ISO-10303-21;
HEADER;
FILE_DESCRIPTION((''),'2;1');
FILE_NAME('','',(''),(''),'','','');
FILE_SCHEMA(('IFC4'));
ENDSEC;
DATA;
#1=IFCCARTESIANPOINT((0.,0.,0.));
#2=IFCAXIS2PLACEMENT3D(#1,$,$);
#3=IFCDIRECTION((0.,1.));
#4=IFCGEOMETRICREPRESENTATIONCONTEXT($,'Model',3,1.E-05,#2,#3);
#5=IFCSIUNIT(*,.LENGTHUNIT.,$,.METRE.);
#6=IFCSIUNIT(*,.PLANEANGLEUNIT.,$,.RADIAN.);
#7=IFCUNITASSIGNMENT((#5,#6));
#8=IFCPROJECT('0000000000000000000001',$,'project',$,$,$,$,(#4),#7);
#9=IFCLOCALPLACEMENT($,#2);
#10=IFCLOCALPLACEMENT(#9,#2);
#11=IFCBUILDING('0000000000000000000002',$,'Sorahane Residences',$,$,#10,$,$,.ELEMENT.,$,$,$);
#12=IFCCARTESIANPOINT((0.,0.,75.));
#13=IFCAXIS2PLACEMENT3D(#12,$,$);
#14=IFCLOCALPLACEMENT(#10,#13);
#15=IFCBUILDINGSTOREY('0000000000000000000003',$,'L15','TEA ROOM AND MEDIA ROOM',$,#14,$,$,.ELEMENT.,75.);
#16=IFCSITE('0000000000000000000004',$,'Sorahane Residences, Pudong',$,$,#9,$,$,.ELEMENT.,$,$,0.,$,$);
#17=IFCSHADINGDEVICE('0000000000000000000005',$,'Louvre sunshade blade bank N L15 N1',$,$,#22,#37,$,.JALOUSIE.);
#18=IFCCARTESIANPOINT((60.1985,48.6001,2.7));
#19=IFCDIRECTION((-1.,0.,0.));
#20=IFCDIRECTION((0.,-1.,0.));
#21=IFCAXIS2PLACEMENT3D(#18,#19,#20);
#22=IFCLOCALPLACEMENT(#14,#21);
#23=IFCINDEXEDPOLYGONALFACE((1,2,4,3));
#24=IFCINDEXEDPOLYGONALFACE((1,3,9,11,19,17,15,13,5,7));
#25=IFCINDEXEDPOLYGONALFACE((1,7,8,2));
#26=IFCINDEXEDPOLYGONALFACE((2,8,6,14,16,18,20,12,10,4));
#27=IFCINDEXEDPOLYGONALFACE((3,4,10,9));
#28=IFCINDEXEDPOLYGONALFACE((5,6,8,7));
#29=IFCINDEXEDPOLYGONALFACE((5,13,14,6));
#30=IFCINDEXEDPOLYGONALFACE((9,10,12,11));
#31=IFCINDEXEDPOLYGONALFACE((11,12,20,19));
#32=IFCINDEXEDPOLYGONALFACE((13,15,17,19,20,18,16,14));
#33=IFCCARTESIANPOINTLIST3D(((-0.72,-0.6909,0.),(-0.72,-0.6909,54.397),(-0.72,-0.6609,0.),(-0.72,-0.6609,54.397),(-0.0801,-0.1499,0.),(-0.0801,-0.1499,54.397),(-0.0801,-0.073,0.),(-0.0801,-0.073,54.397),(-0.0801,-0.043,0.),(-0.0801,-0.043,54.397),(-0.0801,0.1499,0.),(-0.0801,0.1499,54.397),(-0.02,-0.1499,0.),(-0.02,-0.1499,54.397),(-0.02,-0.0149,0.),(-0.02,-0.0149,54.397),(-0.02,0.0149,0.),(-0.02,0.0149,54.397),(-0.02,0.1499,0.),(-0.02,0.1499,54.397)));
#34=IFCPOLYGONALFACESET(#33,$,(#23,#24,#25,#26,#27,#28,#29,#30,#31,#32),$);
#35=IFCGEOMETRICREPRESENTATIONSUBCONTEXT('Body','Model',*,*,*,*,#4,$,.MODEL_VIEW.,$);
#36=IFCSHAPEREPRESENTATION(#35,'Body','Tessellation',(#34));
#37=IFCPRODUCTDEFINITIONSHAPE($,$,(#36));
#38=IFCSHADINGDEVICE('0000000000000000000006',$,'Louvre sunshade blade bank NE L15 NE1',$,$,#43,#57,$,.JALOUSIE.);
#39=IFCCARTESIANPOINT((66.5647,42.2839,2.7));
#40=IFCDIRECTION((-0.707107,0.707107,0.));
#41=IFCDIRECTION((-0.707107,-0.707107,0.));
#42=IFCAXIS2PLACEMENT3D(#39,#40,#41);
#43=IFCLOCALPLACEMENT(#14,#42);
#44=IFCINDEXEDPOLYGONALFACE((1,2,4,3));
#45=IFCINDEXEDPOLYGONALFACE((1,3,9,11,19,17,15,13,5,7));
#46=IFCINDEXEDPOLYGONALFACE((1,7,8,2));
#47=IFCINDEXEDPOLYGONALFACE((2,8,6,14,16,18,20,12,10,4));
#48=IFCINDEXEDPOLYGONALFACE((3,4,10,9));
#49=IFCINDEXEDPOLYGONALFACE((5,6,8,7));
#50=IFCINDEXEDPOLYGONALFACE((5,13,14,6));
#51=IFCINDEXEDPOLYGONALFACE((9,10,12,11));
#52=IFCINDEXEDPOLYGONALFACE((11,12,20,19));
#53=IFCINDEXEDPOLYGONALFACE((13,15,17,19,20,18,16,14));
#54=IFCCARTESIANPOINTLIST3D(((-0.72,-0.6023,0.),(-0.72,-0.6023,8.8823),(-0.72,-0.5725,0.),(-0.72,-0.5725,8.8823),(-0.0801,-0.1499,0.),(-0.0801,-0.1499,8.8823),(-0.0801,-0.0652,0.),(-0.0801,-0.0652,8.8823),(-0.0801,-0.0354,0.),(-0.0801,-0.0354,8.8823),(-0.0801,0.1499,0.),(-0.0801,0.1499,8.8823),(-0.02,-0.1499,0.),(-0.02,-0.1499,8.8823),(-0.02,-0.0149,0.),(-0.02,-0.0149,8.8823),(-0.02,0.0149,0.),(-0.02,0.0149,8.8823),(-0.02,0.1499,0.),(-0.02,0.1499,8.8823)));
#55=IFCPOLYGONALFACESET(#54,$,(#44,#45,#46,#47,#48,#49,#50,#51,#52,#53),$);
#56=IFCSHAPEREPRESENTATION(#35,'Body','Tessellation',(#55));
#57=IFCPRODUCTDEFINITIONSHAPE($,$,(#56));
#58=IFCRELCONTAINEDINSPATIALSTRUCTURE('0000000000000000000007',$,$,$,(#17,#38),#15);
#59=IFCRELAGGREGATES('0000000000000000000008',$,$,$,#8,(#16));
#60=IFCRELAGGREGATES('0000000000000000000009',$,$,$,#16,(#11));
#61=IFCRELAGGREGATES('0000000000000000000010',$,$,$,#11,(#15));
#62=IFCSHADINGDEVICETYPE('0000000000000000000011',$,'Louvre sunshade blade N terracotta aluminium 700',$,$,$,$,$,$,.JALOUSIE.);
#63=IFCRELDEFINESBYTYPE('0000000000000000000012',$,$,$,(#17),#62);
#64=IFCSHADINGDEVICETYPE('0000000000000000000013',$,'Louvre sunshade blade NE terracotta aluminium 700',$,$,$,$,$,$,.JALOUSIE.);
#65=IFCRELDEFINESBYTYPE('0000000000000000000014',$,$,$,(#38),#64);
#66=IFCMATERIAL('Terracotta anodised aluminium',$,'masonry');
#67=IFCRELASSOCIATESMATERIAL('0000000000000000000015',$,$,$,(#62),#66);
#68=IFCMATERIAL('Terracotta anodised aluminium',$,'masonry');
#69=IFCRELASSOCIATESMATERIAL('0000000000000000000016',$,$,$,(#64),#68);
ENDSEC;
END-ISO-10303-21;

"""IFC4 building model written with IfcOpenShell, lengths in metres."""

from ifc_helpers import new_model, si_unit, direction, frame, origin, place, context, subcontext, project, spatial, polyline, outline, extrude, material, type_object, element, save


model = new_model("IFC4")

# Units and contexts
model_context = context("Model", 3, precision=1e-05, world=origin(), true_north=direction((0.0, 1.0)))
body_context = subcontext(model_context, "Body", "Model", "MODEL_VIEW")
ifc_project = project(units=[si_unit("LENGTHUNIT", "METRE"), si_unit("PLANEANGLEUNIT", "RADIAN")], contexts=[model_context])

# Site, building, storey
site_placement = place(None, origin())
site = spatial("IfcSite", under=ifc_project, at=site_placement, Name="Sorahane Residences, Pudong", CompositionType="ELEMENT", RefElevation=0.0)
building_placement = place(site_placement, origin())
building = spatial("IfcBuilding", under=site, at=building_placement, Name="Sorahane Residences", CompositionType="ELEMENT")
storey_placement = place(building_placement, frame((0.0, 0.0, 75.0)))
storey = spatial("IfcBuildingStorey", under=building, at=storey_placement, Name="L15", Description="TEA ROOM AND MEDIA ROOM", CompositionType="ELEMENT", Elevation=75.0)

# Shading devices
ifc_material_1 = material(Name="Terracotta anodised aluminium", Category="masonry")
shading_device_type_1 = type_object("IfcShadingDeviceType", Name="Louvre sunshade blade N terracotta aluminium 700", PredefinedType="JALOUSIE", material=ifc_material_1)
shading_device_1_placement = place(storey_placement, frame((60.1985, 48.6001, 2.7), z_axis=(-1.0, 0.0, 0.0), x_axis=(0.0, -1.0, 0.0)))
element("IfcShadingDevice", 1, at=shading_device_1_placement, inside=storey, type_object=shading_device_type_1, Name="Louvre sunshade blade bank N L15 N1", PredefinedType="JALOUSIE", context=body_context, shape_type="SweptSolid", body=[
    extrude(outline(polyline([(-0.72, -0.6609), (-0.72, -0.6909), (-0.0801, -0.073), (-0.0801, -0.1499), (-0.02, -0.1499), (-0.02, -0.0149), (-0.02, 0.0149), (-0.02, 0.1499), (-0.0801, 0.1499), (-0.0801, -0.043), (-0.72, -0.6609)])), origin(), (0.0, 0.0, 1.0), 54.397),
])
ifc_material_2 = material(Name="Terracotta anodised aluminium", Category="masonry")
shading_device_type_2 = type_object("IfcShadingDeviceType", Name="Louvre sunshade blade NE terracotta aluminium 700", PredefinedType="JALOUSIE", material=ifc_material_2)
shading_device_2_placement = place(storey_placement, frame((66.5647, 42.2839, 2.7), z_axis=(-0.707107, 0.707107, 0.0), x_axis=(-0.707107, -0.707107, 0.0)))
element("IfcShadingDevice", 2, at=shading_device_2_placement, inside=storey, type_object=shading_device_type_2, Name="Louvre sunshade blade bank NE L15 NE1", PredefinedType="JALOUSIE", context=body_context, shape_type="SweptSolid", body=[
    extrude(outline(polyline([(-0.72, -0.5725), (-0.72, -0.6023), (-0.0801, -0.0652), (-0.0801, -0.1499), (-0.02, -0.1499), (-0.02, -0.0149), (-0.02, 0.0149), (-0.02, 0.1499), (-0.0801, 0.1499), (-0.0801, -0.0354), (-0.72, -0.5725)])), origin(), (0.0, 0.0, 1.0), 8.8823),
])

save(model, "model.ifc")
